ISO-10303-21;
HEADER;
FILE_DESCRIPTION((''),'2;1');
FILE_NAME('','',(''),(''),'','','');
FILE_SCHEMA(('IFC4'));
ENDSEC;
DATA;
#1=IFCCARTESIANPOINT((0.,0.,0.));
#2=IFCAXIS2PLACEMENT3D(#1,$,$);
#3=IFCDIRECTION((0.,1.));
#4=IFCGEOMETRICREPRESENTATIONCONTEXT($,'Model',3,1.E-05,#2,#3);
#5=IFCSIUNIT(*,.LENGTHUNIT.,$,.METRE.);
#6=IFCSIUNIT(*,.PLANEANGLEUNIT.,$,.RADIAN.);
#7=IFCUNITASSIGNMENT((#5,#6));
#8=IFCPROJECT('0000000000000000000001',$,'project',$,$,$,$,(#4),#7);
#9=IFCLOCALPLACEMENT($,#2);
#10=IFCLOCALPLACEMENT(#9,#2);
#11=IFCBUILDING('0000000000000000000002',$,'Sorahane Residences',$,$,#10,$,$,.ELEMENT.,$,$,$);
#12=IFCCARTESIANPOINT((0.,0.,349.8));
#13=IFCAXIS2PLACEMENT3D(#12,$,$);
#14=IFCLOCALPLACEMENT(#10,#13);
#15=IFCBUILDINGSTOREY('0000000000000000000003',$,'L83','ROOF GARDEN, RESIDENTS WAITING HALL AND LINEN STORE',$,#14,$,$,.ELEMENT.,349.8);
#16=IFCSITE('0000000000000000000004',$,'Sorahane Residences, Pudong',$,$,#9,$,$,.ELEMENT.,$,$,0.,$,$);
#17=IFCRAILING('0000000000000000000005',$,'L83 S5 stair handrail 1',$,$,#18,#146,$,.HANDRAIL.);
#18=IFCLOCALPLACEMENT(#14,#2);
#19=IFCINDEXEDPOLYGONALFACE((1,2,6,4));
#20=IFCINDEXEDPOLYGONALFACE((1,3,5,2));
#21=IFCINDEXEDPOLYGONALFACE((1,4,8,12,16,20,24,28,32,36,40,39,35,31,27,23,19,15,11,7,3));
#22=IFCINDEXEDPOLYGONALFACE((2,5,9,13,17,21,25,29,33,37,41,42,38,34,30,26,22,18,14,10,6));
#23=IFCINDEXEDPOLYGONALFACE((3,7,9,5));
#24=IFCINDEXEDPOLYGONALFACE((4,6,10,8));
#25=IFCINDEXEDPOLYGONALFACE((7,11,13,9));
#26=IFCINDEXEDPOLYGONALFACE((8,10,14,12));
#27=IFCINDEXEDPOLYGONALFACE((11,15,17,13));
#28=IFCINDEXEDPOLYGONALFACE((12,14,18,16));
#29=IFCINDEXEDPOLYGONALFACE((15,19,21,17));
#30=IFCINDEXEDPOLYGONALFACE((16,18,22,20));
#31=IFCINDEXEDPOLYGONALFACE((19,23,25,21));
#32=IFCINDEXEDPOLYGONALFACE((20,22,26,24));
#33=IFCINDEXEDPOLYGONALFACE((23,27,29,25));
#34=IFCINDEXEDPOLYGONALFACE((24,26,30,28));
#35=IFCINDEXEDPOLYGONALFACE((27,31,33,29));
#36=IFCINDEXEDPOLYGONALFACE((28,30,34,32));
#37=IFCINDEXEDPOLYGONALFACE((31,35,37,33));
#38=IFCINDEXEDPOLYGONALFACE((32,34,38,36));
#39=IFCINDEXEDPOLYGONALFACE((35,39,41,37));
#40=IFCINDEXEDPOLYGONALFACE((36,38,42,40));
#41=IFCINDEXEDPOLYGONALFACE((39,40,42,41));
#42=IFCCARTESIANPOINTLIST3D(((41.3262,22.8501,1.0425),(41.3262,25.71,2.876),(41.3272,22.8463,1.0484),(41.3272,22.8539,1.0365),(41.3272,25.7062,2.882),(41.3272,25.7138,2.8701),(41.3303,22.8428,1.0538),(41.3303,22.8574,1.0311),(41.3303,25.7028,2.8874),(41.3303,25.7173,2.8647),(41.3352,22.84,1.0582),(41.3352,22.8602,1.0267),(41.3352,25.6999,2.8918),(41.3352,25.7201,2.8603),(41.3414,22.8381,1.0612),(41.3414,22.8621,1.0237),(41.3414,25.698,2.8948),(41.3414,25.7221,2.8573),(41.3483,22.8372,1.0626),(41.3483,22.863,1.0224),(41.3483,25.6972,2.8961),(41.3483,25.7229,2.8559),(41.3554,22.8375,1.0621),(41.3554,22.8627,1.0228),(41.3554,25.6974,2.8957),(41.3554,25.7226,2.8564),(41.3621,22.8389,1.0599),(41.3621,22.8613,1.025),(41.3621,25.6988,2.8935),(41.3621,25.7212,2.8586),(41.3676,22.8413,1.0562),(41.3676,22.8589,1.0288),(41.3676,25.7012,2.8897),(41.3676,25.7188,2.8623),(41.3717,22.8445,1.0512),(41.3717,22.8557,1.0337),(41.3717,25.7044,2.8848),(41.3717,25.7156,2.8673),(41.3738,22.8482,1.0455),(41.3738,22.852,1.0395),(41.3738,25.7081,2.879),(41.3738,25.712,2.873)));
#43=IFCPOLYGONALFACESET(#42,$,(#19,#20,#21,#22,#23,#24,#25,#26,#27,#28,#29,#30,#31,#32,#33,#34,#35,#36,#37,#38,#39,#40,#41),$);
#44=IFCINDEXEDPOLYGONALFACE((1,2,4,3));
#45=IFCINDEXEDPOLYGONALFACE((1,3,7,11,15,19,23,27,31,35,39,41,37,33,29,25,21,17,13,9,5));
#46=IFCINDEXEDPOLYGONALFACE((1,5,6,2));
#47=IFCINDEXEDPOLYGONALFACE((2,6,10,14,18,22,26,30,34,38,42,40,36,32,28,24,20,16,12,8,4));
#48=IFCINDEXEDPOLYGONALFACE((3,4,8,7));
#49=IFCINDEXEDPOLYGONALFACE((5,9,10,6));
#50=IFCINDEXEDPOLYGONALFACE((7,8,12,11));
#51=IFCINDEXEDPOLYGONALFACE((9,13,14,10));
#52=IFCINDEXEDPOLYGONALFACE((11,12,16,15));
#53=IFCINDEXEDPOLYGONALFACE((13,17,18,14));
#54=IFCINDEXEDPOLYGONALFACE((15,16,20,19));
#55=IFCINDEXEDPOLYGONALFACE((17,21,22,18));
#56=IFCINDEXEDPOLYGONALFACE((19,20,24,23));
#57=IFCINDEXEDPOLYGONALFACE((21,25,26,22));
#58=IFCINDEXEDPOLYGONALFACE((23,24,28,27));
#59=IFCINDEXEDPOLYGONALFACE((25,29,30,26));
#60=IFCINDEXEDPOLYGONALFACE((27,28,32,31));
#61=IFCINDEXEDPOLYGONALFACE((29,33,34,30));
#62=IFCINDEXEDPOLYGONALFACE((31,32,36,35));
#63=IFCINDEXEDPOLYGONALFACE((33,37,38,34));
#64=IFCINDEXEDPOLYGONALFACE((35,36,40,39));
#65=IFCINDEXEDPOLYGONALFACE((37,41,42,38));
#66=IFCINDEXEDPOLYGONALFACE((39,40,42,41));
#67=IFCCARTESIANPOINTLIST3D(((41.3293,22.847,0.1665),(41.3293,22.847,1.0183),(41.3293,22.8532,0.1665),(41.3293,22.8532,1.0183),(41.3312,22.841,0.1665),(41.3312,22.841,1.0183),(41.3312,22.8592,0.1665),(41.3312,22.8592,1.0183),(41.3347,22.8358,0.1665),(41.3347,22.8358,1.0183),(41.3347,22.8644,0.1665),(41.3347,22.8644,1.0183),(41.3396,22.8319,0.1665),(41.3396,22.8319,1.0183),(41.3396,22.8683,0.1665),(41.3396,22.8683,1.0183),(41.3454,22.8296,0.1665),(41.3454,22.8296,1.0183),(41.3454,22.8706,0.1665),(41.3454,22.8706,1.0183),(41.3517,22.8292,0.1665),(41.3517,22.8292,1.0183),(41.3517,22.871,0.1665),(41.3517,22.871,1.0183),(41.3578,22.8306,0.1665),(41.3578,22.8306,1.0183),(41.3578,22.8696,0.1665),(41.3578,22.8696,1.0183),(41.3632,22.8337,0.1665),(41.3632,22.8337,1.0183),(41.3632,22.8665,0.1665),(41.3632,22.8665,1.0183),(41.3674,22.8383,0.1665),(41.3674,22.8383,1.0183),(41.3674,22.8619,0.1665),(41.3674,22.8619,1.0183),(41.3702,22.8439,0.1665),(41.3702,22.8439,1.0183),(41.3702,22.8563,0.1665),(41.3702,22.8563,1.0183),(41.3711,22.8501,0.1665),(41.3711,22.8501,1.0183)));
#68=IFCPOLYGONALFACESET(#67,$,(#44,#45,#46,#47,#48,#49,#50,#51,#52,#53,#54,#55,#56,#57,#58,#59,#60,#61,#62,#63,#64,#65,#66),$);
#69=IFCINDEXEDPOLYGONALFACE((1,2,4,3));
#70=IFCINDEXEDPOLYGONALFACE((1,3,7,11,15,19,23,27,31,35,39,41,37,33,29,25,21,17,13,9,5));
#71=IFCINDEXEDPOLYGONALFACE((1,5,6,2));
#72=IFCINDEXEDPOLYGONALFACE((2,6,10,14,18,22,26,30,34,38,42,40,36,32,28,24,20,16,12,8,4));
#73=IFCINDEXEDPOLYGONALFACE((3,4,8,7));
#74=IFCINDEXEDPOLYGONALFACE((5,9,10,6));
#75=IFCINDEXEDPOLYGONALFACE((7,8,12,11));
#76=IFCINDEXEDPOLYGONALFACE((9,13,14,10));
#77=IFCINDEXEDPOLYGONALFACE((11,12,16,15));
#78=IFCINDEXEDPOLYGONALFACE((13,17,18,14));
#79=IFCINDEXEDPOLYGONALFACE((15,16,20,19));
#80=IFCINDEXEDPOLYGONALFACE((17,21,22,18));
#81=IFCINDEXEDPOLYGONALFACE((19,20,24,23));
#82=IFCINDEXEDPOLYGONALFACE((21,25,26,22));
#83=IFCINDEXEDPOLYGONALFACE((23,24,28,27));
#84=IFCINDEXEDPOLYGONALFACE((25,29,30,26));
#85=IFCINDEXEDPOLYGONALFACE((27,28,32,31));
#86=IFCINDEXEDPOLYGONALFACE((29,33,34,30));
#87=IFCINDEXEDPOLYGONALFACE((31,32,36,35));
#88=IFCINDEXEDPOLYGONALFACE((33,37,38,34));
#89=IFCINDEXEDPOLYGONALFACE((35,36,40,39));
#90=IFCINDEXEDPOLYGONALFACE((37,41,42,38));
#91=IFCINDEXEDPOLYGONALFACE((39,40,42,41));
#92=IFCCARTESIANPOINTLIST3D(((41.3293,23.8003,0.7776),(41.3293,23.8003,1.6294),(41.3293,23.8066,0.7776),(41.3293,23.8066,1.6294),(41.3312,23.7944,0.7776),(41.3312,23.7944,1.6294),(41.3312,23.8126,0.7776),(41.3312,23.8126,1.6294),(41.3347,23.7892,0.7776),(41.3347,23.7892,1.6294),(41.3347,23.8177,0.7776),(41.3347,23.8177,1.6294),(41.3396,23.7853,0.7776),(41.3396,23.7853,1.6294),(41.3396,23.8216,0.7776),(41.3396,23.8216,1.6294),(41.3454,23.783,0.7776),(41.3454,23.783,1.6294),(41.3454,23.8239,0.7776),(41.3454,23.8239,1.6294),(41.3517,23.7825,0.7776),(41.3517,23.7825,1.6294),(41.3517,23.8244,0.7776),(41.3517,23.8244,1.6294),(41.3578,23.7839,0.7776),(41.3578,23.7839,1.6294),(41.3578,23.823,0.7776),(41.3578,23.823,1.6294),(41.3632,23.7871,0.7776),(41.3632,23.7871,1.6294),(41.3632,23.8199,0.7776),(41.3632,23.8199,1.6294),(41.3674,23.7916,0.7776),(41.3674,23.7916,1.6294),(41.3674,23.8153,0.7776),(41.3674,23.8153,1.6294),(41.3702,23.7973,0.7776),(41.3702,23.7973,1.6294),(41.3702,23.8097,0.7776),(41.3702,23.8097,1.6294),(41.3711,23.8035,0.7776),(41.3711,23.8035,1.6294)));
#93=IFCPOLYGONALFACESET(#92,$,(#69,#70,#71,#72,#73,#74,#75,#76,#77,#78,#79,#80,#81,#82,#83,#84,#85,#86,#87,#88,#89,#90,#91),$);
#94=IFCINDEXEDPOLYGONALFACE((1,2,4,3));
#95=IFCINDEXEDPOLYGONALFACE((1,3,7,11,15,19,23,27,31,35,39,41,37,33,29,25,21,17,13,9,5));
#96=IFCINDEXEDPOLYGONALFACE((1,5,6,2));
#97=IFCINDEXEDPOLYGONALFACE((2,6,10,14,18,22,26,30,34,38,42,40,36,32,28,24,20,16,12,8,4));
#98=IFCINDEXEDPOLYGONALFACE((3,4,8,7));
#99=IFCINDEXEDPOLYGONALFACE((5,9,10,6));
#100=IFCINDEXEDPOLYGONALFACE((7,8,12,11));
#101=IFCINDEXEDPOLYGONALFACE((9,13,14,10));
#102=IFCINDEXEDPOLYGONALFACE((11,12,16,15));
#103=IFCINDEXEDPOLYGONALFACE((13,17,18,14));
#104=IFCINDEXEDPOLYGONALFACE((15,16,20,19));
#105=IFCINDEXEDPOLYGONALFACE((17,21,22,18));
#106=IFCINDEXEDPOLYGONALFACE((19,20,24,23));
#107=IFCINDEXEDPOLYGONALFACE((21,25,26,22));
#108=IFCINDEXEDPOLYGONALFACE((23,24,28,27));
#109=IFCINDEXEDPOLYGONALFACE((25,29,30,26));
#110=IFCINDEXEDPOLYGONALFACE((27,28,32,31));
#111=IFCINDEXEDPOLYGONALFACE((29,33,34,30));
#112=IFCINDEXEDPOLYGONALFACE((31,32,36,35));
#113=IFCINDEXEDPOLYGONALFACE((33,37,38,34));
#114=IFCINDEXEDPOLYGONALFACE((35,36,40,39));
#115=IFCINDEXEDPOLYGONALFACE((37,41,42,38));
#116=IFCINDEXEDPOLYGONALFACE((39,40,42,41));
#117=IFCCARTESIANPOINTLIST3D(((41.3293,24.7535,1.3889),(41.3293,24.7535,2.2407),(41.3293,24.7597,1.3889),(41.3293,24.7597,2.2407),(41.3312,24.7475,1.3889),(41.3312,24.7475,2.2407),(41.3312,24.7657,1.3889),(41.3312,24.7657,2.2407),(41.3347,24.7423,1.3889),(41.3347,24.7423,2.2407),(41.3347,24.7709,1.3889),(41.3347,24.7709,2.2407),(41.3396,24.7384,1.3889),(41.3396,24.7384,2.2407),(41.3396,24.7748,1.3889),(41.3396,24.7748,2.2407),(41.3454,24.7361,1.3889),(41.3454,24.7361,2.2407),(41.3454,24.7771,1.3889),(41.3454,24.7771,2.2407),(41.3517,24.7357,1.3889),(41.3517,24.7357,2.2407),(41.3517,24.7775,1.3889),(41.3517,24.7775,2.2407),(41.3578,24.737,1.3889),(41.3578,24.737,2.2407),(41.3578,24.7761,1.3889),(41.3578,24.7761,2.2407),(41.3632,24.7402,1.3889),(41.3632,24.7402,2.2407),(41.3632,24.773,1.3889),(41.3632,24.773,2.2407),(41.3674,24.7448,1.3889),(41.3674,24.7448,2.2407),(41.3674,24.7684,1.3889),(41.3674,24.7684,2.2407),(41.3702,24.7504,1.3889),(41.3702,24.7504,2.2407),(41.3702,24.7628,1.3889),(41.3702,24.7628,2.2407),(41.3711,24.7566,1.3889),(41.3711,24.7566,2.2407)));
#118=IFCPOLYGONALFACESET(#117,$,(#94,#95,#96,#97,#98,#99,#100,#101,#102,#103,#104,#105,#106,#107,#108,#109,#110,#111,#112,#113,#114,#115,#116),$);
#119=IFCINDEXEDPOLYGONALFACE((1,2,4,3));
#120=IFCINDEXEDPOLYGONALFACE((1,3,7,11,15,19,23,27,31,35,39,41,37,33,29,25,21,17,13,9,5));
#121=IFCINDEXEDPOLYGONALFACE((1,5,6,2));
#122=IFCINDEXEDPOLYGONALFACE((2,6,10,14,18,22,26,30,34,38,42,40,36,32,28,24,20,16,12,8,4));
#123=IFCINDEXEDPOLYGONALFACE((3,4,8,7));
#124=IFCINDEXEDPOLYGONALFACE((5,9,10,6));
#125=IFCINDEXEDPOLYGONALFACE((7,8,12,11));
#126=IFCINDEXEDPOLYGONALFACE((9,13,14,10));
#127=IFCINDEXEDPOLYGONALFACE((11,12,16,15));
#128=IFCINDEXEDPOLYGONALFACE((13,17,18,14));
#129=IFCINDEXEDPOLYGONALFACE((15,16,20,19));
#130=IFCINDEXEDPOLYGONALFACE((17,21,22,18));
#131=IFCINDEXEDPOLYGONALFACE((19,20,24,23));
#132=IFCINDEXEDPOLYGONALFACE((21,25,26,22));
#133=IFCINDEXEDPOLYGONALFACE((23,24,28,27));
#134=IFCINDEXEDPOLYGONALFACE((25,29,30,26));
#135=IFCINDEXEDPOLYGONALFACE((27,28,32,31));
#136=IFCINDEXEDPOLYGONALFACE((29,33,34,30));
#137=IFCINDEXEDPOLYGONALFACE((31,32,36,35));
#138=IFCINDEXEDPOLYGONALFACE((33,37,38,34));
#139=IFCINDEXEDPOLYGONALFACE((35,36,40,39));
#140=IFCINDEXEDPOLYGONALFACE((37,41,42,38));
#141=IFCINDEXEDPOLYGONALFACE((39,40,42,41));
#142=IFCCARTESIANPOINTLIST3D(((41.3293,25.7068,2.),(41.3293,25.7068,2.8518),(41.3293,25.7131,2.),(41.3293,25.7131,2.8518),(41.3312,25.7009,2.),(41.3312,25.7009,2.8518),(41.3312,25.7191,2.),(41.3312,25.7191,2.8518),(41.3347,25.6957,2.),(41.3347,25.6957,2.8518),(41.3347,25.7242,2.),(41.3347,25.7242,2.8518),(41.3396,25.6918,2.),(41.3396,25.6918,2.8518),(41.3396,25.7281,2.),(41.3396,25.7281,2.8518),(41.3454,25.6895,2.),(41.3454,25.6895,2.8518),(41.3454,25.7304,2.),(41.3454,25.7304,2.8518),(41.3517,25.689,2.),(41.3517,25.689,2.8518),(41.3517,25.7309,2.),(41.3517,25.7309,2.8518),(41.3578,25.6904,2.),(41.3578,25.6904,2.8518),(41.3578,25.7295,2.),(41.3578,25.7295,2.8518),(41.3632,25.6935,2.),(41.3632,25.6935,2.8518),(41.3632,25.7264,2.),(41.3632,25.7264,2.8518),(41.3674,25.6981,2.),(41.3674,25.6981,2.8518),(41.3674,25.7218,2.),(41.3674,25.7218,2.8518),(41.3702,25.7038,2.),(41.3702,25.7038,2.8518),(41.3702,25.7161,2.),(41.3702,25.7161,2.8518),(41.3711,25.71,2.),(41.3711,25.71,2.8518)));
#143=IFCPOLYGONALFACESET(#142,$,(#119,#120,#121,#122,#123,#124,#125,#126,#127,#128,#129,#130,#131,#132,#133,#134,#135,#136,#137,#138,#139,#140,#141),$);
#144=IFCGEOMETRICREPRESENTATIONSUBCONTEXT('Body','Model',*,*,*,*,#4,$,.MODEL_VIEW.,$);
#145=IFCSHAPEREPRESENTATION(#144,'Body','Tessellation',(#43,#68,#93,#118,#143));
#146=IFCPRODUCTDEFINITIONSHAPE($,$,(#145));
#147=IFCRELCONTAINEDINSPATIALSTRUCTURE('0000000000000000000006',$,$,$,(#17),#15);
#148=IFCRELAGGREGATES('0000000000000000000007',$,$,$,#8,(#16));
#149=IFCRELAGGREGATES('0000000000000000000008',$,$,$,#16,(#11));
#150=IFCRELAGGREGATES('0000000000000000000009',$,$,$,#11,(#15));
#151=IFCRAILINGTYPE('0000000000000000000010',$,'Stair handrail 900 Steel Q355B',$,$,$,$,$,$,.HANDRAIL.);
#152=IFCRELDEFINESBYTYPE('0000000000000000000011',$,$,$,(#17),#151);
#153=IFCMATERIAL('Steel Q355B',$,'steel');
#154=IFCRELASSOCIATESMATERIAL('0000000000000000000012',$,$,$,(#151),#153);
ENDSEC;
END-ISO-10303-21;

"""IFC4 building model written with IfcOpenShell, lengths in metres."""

from ifc_helpers import new_model, si_unit, direction, frame, origin, origin_2d, place, context, subcontext, project, spatial, circle, extrude, material, type_object, element, save


model = new_model("IFC4")

# Units and contexts
model_context = context("Model", 3, precision=1e-05, world=origin(), true_north=direction((0.0, 1.0)))
body_context = subcontext(model_context, "Body", "Model", "MODEL_VIEW")
ifc_project = project(units=[si_unit("LENGTHUNIT", "METRE"), si_unit("PLANEANGLEUNIT", "RADIAN")], contexts=[model_context])

# Site, building, storey
site_placement = place(None, origin())
site = spatial("IfcSite", under=ifc_project, at=site_placement, Name="Sorahane Residences, Pudong", CompositionType="ELEMENT", RefElevation=0.0)
building_placement = place(site_placement, origin())
building = spatial("IfcBuilding", under=site, at=building_placement, Name="Sorahane Residences", CompositionType="ELEMENT")
storey_placement = place(building_placement, frame((0.0, 0.0, 349.8)))
storey = spatial("IfcBuildingStorey", under=building, at=storey_placement, Name="L83", Description="ROOF GARDEN, RESIDENTS WAITING HALL AND LINEN STORE", CompositionType="ELEMENT", Elevation=349.8)

# Railing
ifc_material_1 = material(Name="Steel Q355B", Category="steel")
railing_type_1 = type_object("IfcRailingType", Name="Stair handrail 900 Steel Q355B", PredefinedType="HANDRAIL", material=ifc_material_1)
railing_1_placement = place(storey_placement, frame((41.3501, 22.8501, 0.1665)))
element("IfcRailing", 1, at=railing_1_placement, inside=storey, type_object=railing_type_1, Name="L83 S5 stair handrail 1", PredefinedType="HANDRAIL", context=body_context, shape_type="SweptSolid", body=[
    extrude(circle(Radius=0.0239, at=origin_2d()), frame((0.0, 0.0, 0.876), z_axis=(0.0, 0.841846, 0.539718), x_axis=(-1.0, 0.0, 0.0)), (0.0, 0.0, 1.0), 3.3972),
    extrude(circle(Radius=0.021, at=origin_2d()), origin(), (0.0, 0.0, 1.0), 0.8518),
    extrude(circle(Radius=0.021, at=origin_2d()), frame((0.0, 0.9534, 0.6111)), (0.0, 0.0, 1.0), 0.8518),
    extrude(circle(Radius=0.021, at=origin_2d()), frame((0.0, 1.9065, 1.2224)), (0.0, 0.0, 1.0), 0.8518),
    extrude(circle(Radius=0.021, at=origin_2d()), frame((0.0, 2.8599, 1.8335)), (0.0, 0.0, 1.0), 0.8518),
])

save(model, "model.ifc")
